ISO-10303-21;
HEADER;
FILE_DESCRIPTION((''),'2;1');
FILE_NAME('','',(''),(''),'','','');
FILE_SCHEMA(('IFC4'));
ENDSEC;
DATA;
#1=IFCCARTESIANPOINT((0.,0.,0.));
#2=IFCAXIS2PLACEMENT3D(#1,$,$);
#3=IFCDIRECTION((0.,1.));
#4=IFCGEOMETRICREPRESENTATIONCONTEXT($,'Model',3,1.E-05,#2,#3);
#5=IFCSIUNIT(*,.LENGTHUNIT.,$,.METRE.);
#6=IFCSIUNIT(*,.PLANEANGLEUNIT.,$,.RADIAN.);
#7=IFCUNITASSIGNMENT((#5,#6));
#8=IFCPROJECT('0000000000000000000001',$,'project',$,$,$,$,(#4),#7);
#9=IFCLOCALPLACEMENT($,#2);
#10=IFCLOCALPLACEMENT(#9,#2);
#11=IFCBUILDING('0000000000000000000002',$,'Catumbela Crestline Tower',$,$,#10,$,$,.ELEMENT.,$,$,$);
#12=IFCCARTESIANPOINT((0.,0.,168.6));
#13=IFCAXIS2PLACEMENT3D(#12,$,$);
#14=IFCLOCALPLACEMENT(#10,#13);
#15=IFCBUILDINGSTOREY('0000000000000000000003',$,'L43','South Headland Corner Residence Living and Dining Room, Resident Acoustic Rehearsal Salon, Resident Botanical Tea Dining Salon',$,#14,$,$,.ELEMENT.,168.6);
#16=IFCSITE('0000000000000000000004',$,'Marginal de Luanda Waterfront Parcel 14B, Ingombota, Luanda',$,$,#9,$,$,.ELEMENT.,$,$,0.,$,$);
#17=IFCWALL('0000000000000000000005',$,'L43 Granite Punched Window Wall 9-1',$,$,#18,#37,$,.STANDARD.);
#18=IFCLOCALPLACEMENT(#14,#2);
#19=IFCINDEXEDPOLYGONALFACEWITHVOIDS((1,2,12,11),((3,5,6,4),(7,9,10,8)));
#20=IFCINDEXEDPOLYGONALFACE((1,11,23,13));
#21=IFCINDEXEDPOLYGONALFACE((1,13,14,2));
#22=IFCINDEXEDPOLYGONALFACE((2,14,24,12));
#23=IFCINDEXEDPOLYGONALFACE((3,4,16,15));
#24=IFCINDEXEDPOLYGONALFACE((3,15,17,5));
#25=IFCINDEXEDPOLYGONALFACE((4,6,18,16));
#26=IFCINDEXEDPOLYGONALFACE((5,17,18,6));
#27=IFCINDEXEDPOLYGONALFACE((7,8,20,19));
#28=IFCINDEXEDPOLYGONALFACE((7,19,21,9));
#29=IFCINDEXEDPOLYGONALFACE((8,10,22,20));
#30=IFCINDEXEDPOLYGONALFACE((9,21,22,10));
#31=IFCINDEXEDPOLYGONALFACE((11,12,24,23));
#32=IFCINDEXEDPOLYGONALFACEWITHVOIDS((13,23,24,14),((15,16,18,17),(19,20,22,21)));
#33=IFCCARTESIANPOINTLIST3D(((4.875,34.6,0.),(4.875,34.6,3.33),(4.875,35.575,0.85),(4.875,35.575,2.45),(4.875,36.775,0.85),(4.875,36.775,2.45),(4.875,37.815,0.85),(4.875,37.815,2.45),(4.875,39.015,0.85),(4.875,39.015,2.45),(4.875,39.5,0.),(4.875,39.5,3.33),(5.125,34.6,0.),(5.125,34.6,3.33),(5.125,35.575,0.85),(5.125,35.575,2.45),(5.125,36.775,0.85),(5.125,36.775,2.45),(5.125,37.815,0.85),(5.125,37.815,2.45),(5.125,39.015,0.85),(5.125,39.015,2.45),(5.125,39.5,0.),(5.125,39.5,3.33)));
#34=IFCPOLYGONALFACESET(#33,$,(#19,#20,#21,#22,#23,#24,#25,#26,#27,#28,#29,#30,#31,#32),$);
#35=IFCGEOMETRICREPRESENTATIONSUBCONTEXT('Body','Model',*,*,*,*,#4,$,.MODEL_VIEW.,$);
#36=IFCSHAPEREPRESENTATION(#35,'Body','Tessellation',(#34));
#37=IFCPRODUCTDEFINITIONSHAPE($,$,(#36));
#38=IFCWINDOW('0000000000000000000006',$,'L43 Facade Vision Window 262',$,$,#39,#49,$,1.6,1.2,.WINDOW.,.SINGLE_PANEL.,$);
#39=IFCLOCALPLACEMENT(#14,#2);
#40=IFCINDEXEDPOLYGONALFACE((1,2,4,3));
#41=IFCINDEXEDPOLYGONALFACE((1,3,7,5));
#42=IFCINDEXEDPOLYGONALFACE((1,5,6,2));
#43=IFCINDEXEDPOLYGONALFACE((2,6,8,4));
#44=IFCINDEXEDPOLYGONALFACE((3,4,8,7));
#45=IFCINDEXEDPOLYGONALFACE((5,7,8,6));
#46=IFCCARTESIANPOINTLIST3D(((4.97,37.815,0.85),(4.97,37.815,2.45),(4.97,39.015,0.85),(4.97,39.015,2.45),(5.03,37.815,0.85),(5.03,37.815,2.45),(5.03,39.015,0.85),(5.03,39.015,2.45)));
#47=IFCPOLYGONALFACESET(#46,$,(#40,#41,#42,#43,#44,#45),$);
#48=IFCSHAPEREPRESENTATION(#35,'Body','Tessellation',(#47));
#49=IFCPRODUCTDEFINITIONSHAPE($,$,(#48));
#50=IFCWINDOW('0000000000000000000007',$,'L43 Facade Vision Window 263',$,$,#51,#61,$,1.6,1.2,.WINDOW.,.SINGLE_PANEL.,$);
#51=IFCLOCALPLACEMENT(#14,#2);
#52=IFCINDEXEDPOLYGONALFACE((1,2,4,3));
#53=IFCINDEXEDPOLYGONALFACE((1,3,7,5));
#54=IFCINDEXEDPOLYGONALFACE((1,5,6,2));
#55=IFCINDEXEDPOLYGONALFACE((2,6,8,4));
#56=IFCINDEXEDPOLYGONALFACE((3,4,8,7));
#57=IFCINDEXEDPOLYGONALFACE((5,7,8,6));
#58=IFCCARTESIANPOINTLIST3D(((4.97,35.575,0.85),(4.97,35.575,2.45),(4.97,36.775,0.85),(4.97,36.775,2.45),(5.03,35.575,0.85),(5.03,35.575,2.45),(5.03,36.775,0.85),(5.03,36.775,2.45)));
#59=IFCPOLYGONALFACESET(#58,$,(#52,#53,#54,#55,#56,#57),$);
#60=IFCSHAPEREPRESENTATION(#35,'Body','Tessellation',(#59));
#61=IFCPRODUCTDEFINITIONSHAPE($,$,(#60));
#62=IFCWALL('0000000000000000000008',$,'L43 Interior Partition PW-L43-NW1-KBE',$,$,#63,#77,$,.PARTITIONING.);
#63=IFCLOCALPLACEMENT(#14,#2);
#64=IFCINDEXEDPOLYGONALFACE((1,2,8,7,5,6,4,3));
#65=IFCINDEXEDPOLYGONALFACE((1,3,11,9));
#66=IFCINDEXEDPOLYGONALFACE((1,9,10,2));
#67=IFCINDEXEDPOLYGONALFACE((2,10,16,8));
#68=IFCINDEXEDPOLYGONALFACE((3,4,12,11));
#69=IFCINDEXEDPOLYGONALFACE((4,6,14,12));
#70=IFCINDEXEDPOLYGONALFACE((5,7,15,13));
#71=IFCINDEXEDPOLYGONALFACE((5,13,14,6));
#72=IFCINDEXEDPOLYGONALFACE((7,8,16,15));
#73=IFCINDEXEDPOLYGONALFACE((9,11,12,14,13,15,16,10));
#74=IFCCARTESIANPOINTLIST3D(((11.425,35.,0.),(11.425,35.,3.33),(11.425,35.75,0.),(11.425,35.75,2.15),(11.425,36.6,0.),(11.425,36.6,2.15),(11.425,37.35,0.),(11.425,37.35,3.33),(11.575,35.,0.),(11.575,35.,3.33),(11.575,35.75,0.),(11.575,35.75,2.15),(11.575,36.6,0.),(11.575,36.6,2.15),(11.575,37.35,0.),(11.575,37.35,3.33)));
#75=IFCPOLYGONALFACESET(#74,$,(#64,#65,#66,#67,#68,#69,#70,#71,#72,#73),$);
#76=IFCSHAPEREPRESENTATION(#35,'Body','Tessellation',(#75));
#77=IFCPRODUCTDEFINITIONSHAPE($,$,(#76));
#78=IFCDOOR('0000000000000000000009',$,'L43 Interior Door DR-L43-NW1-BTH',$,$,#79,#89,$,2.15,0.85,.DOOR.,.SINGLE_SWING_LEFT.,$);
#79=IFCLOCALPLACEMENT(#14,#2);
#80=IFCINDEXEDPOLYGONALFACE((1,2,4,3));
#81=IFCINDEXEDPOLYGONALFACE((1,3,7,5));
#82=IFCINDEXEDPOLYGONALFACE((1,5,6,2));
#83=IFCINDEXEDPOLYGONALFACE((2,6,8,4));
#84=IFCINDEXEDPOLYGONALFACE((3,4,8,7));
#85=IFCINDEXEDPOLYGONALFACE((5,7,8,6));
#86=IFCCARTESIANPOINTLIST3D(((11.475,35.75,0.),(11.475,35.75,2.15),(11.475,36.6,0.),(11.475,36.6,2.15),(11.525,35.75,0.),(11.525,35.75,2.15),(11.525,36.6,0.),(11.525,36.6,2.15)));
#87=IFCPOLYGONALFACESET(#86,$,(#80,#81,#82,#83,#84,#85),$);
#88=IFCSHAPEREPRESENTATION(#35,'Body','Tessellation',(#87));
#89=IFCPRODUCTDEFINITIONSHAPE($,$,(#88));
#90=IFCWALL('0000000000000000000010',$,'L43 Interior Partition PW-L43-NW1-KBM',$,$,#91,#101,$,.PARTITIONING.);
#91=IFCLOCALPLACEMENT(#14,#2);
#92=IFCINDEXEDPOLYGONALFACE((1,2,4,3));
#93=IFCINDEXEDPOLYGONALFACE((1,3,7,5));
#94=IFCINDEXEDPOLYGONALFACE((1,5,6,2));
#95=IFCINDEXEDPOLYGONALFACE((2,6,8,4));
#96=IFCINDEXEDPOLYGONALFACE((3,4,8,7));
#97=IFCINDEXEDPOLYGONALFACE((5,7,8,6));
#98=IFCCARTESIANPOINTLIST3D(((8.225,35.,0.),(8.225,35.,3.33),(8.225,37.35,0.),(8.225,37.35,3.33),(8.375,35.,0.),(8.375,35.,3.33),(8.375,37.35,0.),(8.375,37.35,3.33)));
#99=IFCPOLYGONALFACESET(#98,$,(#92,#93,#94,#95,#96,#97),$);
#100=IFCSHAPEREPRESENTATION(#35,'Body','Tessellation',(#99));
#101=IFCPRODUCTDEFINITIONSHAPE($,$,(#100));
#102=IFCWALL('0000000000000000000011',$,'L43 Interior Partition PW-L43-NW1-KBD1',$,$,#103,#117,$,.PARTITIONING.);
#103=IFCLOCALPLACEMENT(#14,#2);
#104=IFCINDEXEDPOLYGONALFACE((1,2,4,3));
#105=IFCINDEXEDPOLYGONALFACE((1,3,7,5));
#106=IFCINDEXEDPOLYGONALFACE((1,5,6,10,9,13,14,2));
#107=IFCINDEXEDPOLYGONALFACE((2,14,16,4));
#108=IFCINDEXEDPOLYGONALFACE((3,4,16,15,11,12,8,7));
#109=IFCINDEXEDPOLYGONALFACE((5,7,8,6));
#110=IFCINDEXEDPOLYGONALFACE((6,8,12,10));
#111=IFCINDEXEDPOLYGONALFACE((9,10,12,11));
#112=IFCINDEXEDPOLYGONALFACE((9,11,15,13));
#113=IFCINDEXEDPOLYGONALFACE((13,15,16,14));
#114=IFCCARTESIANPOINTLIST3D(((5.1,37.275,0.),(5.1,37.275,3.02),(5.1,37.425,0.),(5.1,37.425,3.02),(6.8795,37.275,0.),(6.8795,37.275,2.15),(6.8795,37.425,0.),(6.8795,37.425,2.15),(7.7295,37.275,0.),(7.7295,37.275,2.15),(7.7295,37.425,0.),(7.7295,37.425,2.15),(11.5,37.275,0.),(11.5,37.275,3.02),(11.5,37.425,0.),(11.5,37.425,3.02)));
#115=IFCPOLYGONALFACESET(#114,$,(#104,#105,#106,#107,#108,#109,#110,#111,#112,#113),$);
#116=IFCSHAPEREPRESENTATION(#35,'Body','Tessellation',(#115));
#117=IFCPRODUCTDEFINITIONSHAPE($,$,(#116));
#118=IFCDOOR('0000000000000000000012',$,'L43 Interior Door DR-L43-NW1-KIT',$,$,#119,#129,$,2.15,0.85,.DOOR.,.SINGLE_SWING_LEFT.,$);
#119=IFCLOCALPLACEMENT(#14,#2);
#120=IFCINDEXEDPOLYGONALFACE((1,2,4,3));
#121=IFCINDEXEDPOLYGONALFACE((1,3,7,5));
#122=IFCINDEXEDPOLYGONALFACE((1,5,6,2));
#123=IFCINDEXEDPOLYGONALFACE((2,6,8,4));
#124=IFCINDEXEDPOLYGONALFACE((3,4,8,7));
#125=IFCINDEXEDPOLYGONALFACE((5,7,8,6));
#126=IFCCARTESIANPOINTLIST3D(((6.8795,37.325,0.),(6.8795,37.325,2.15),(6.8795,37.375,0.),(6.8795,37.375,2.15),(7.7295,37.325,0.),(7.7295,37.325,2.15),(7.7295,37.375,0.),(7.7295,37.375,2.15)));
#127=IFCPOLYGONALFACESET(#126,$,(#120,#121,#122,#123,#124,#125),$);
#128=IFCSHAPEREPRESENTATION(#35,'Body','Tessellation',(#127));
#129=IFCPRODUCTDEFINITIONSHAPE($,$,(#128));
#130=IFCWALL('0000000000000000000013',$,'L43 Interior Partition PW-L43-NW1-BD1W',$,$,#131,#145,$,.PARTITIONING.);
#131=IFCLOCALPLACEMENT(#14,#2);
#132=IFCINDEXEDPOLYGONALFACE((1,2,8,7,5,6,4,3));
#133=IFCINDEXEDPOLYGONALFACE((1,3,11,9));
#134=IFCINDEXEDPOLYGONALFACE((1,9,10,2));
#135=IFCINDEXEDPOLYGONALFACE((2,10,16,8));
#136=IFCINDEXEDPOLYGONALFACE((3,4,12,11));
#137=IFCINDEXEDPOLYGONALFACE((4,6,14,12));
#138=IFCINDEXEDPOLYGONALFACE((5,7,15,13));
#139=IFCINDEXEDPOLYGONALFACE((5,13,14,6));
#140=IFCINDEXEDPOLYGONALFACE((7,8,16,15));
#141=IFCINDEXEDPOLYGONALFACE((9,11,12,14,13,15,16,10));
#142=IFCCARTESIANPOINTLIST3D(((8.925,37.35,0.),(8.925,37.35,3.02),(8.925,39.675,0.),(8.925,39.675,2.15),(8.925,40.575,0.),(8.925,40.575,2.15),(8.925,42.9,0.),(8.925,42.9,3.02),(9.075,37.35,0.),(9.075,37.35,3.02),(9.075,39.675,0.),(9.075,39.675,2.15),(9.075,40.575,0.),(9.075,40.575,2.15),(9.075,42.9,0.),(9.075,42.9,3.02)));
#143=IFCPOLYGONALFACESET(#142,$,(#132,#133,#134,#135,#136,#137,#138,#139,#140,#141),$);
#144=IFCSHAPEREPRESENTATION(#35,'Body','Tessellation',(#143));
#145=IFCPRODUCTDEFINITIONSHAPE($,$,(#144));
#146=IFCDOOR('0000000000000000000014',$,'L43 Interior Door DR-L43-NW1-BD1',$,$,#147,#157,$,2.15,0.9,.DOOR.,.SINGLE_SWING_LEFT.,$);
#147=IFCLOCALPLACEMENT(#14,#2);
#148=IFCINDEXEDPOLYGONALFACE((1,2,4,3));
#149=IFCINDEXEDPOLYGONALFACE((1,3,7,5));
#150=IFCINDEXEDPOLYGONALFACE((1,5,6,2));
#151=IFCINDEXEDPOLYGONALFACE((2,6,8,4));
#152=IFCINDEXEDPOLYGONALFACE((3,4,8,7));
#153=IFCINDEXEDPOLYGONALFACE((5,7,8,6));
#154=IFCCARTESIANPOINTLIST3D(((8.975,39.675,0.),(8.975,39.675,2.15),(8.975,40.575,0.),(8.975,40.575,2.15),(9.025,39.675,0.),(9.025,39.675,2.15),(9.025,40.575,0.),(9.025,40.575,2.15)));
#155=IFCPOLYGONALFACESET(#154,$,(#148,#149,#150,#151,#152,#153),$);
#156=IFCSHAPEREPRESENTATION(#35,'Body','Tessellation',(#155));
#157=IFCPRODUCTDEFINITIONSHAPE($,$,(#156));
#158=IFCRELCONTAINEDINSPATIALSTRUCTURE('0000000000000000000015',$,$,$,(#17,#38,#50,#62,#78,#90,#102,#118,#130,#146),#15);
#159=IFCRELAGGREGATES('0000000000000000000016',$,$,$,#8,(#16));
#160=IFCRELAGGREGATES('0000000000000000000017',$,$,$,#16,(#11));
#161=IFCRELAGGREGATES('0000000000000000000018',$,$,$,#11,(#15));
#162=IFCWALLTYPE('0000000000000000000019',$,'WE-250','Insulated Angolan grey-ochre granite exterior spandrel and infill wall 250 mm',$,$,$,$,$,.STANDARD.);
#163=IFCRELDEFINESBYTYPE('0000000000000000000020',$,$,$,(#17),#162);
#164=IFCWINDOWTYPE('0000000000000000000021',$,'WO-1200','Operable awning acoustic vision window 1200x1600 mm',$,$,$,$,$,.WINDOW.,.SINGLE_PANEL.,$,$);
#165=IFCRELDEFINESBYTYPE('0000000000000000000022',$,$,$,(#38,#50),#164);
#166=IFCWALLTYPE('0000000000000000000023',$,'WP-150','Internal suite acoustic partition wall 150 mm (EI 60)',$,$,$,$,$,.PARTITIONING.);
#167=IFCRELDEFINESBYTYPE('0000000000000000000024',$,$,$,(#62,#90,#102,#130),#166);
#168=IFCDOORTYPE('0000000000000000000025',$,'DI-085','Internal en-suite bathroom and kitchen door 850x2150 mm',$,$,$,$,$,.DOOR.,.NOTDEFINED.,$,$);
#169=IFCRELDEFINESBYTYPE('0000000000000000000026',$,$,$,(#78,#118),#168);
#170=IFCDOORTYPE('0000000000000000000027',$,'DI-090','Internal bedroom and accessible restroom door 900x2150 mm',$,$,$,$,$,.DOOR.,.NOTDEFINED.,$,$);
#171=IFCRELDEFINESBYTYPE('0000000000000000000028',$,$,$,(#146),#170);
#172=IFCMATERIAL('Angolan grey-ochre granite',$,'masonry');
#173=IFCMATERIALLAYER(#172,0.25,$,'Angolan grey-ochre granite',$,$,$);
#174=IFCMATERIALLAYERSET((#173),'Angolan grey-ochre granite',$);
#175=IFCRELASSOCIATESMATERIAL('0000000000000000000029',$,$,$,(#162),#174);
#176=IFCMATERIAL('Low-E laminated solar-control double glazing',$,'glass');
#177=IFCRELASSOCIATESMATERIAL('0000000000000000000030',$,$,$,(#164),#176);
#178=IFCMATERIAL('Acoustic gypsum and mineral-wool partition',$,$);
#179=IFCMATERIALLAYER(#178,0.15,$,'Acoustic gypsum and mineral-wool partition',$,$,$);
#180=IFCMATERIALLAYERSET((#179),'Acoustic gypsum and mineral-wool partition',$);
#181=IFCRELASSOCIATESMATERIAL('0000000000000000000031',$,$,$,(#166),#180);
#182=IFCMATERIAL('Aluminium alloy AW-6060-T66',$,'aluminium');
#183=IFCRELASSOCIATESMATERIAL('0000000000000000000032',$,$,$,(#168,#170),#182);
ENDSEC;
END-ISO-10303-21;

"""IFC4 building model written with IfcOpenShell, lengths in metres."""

from ifc_helpers import new_model, si_unit, direction, frame, frame_2d, origin, place, context, subcontext, project, spatial, rectangle, extrude, material, layer, layer_set, type_object, element, fill, save


model = new_model("IFC4")

# Units and contexts
model_context = context("Model", 3, precision=1e-05, world=origin(), true_north=direction((0.0, 1.0)))
body_context = subcontext(model_context, "Body", "Model", "MODEL_VIEW")
ifc_project = project(units=[si_unit("LENGTHUNIT", "METRE"), si_unit("PLANEANGLEUNIT", "RADIAN")], contexts=[model_context])

# Site, building, storey
site_placement = place(None, origin())
site = spatial("IfcSite", under=ifc_project, at=site_placement, Name="Marginal de Luanda Waterfront Parcel 14B, Ingombota, Luanda", CompositionType="ELEMENT", RefElevation=0.0)
building_placement = place(site_placement, origin())
building = spatial("IfcBuilding", under=site, at=building_placement, Name="Catumbela Crestline Tower", CompositionType="ELEMENT")
storey_placement = place(building_placement, frame((0.0, 0.0, 168.6)))
storey = spatial("IfcBuildingStorey", under=building, at=storey_placement, Name="L43", Description="South Headland Corner Residence Living and Dining Room, Resident Acoustic Rehearsal Salon, Resident Botanical Tea Dining Salon", CompositionType="ELEMENT", Elevation=168.6)

# Shared definitions
ifc_material_1 = material(Name="Aluminium alloy AW-6060-T66", Category="aluminium")

# Shared definitions
ifc_material_2 = material(Name="Low-E laminated solar-control double glazing", Category="glass")

# Shared definitions
ifc_material_3 = material(Name="Acoustic gypsum and mineral-wool partition")

# Shared definitions
ifc_material_4 = material(Name="Angolan grey-ochre granite", Category="masonry")
ifc_layer_1 = layer(ifc_material_4, 0.25, Name="Angolan grey-ochre granite")
ifc_layer_set_1 = layer_set([ifc_layer_1], Name="Angolan grey-ochre granite")
wall_type_1 = type_object("IfcWallType", Name="WE-250", Description="Insulated Angolan grey-ochre granite exterior spandrel and infill wall 250 mm", PredefinedType="STANDARD", material=ifc_layer_set_1)

# Wall, openings, windows
wall_1_placement = place(storey_placement, frame((5.0, 39.5, 0.0), z_axis=(0.0, 0.0, 1.0), x_axis=(0.0, -1.0, 0.0)))
wall_1 = element("IfcWall", 1, at=wall_1_placement, inside=storey, type_object=wall_type_1, Name="L43 Granite Punched Window Wall 9-1", PredefinedType="STANDARD", context=body_context, shape_type="SweptSolid", body=[
    extrude(rectangle(XDim=4.9, YDim=0.25, at=frame_2d((2.45, 0.0))), origin(), (0.0, 0.0, 1.0), 3.33),
])
opening_1_placement = place(wall_1_placement, frame((0.485, 0.0, 0.85)))
opening_1 = element("IfcOpeningElement", 2, at=opening_1_placement, cuts=wall_1, PredefinedType="OPENING", context=body_context, shape_type="SweptSolid", body=[
    extrude(rectangle(XDim=1.2, YDim=1.6, at=frame_2d((0.6, 0.8))), frame((0.0, 0.135, 0.0), z_axis=(0.0, -1.0, 0.0), x_axis=(1.0, 0.0, 0.0)), (0.0, 0.0, 1.0), 0.27),
])
opening_2_placement = place(wall_1_placement, frame((2.725, 0.0, 0.85)))
opening_2 = element("IfcOpeningElement", 3, at=opening_2_placement, cuts=wall_1, PredefinedType="OPENING", context=body_context, shape_type="SweptSolid", body=[
    extrude(rectangle(XDim=1.2, YDim=1.6, at=frame_2d((0.6, 0.8))), frame((0.0, 0.135, 0.0), z_axis=(0.0, -1.0, 0.0), x_axis=(1.0, 0.0, 0.0)), (0.0, 0.0, 1.0), 0.27),
])
window_type_1 = type_object("IfcWindowType", Name="WO-1200", Description="Operable awning acoustic vision window 1200x1600 mm", PartitioningType="SINGLE_PANEL", PredefinedType="WINDOW", material=ifc_material_2)
window_1_placement = place(opening_1_placement, origin())
window_1 = element("IfcWindow", 4, at=window_1_placement, inside=storey, type_object=window_type_1, Name="L43 Facade Vision Window 262", OverallHeight=1.6, OverallWidth=1.2, PartitioningType="SINGLE_PANEL", PredefinedType="WINDOW", context=body_context, shape_type="SweptSolid", body=[
    extrude(rectangle(XDim=1.2, YDim=1.6, at=frame_2d((0.6, 0.8))), frame((0.0, 0.03, 0.0), z_axis=(0.0, -1.0, 0.0), x_axis=(1.0, 0.0, 0.0)), (0.0, 0.0, 1.0), 0.06),
])
fill(opening_1, window_1)
window_2_placement = place(opening_2_placement, origin())
window_2 = element("IfcWindow", 5, at=window_2_placement, inside=storey, type_object=window_type_1, Name="L43 Facade Vision Window 263", OverallHeight=1.6, OverallWidth=1.2, PartitioningType="SINGLE_PANEL", PredefinedType="WINDOW", context=body_context, shape_type="SweptSolid", body=[
    extrude(rectangle(XDim=1.2, YDim=1.6, at=frame_2d((0.6, 0.8))), frame((0.0, 0.03, 0.0), z_axis=(0.0, -1.0, 0.0), x_axis=(1.0, 0.0, 0.0)), (0.0, 0.0, 1.0), 0.06),
])
fill(opening_2, window_2)

# Wall, opening, door
ifc_layer_2 = layer(ifc_material_3, 0.15, Name="Acoustic gypsum and mineral-wool partition")
ifc_layer_set_2 = layer_set([ifc_layer_2], Name="Acoustic gypsum and mineral-wool partition")
wall_type_2 = type_object("IfcWallType", Name="WP-150", Description="Internal suite acoustic partition wall 150 mm (EI 60)", PredefinedType="PARTITIONING", material=ifc_layer_set_2)
wall_2_placement = place(storey_placement, frame((11.5, 35.0, 0.0), z_axis=(0.0, 0.0, 1.0), x_axis=(0.0, 1.0, 0.0)))
wall_2 = element("IfcWall", 6, at=wall_2_placement, inside=storey, type_object=wall_type_2, Name="L43 Interior Partition PW-L43-NW1-KBE", PredefinedType="PARTITIONING", context=body_context, shape_type="SweptSolid", body=[
    extrude(rectangle(XDim=2.35, YDim=0.15, at=frame_2d((1.175, 0.0))), origin(), (0.0, 0.0, 1.0), 3.33),
])
opening_3_placement = place(wall_2_placement, frame((0.75, 0.0, 0.0)))
opening_3 = element("IfcOpeningElement", 7, at=opening_3_placement, cuts=wall_2, PredefinedType="OPENING", context=body_context, shape_type="SweptSolid", body=[
    extrude(rectangle(XDim=0.85, YDim=2.15, at=frame_2d((0.425, 1.075))), frame((0.0, 0.085, 0.0), z_axis=(0.0, -1.0, 0.0), x_axis=(1.0, 0.0, 0.0)), (0.0, 0.0, 1.0), 0.17),
])
door_type_1 = type_object("IfcDoorType", Name="DI-085", Description="Internal en-suite bathroom and kitchen door 850x2150 mm", OperationType="NOTDEFINED", PredefinedType="DOOR", material=ifc_material_1)
door_1_placement = place(opening_3_placement, origin())
door_1 = element("IfcDoor", 8, at=door_1_placement, inside=storey, type_object=door_type_1, Name="L43 Interior Door DR-L43-NW1-BTH", OperationType="SINGLE_SWING_LEFT", OverallHeight=2.15, OverallWidth=0.85, PredefinedType="DOOR", context=body_context, shape_type="SweptSolid", body=[
    extrude(rectangle(XDim=0.85, YDim=2.15, at=frame_2d((0.425, 1.075))), frame((0.0, 0.025, 0.0), z_axis=(0.0, -1.0, 0.0), x_axis=(1.0, 0.0, 0.0)), (0.0, 0.0, 1.0), 0.05),
])
fill(opening_3, door_1)

# Wall
wall_3_placement = place(storey_placement, frame((8.3, 35.0, 0.0), z_axis=(0.0, 0.0, 1.0), x_axis=(0.0, 1.0, 0.0)))
element("IfcWall", 9, at=wall_3_placement, inside=storey, type_object=wall_type_2, Name="L43 Interior Partition PW-L43-NW1-KBM", PredefinedType="PARTITIONING", context=body_context, shape_type="SweptSolid", body=[
    extrude(rectangle(XDim=2.35, YDim=0.15, at=frame_2d((1.175, 0.0))), origin(), (0.0, 0.0, 1.0), 3.33),
])

# Walls, openings, doors
wall_4_placement = place(storey_placement, frame((5.1, 37.35, 0.0), z_axis=(0.0, 0.0, 1.0), x_axis=(1.0, 0.0, 0.0)))
wall_4 = element("IfcWall", 10, at=wall_4_placement, inside=storey, type_object=wall_type_2, Name="L43 Interior Partition PW-L43-NW1-KBD1", PredefinedType="PARTITIONING", context=body_context, shape_type="SweptSolid", body=[
    extrude(rectangle(XDim=6.4, YDim=0.15, at=frame_2d((3.2, 0.0))), origin(), (0.0, 0.0, 1.0), 3.02),
])
opening_4_placement = place(wall_4_placement, frame((1.7795, 0.0, 0.0)))
opening_4 = element("IfcOpeningElement", 11, at=opening_4_placement, cuts=wall_4, PredefinedType="OPENING", context=body_context, shape_type="SweptSolid", body=[
    extrude(rectangle(XDim=0.85, YDim=2.15, at=frame_2d((0.425, 1.075))), frame((0.0, 0.085, 0.0), z_axis=(0.0, -1.0, 0.0), x_axis=(1.0, 0.0, 0.0)), (0.0, 0.0, 1.0), 0.17),
])
door_2_placement = place(opening_4_placement, origin())
door_2 = element("IfcDoor", 12, at=door_2_placement, inside=storey, type_object=door_type_1, Name="L43 Interior Door DR-L43-NW1-KIT", OperationType="SINGLE_SWING_LEFT", OverallHeight=2.15, OverallWidth=0.85, PredefinedType="DOOR", context=body_context, shape_type="SweptSolid", body=[
    extrude(rectangle(XDim=0.85, YDim=2.15, at=frame_2d((0.425, 1.075))), frame((0.0, 0.025, 0.0), z_axis=(0.0, -1.0, 0.0), x_axis=(1.0, 0.0, 0.0)), (0.0, 0.0, 1.0), 0.05),
])
fill(opening_4, door_2)
wall_5_placement = place(storey_placement, frame((9.0, 37.35, 0.0), z_axis=(0.0, 0.0, 1.0), x_axis=(0.0, 1.0, 0.0)))
wall_5 = element("IfcWall", 13, at=wall_5_placement, inside=storey, type_object=wall_type_2, Name="L43 Interior Partition PW-L43-NW1-BD1W", PredefinedType="PARTITIONING", context=body_context, shape_type="SweptSolid", body=[
    extrude(rectangle(XDim=5.55, YDim=0.15, at=frame_2d((2.775, 0.0))), origin(), (0.0, 0.0, 1.0), 3.02),
])
opening_5_placement = place(wall_5_placement, frame((2.325, 0.0, 0.0)))
opening_5 = element("IfcOpeningElement", 14, at=opening_5_placement, cuts=wall_5, PredefinedType="OPENING", context=body_context, shape_type="SweptSolid", body=[
    extrude(rectangle(XDim=0.9, YDim=2.15, at=frame_2d((0.45, 1.075))), frame((0.0, 0.085, 0.0), z_axis=(0.0, -1.0, 0.0), x_axis=(1.0, 0.0, 0.0)), (0.0, 0.0, 1.0), 0.17),
])
door_type_2 = type_object("IfcDoorType", Name="DI-090", Description="Internal bedroom and accessible restroom door 900x2150 mm", OperationType="NOTDEFINED", PredefinedType="DOOR", material=ifc_material_1)
door_3_placement = place(opening_5_placement, origin())
door_3 = element("IfcDoor", 15, at=door_3_placement, inside=storey, type_object=door_type_2, Name="L43 Interior Door DR-L43-NW1-BD1", OperationType="SINGLE_SWING_LEFT", OverallHeight=2.15, OverallWidth=0.9, PredefinedType="DOOR", context=body_context, shape_type="SweptSolid", body=[
    extrude(rectangle(XDim=0.9, YDim=2.15, at=frame_2d((0.45, 1.075))), frame((0.0, 0.025, 0.0), z_axis=(0.0, -1.0, 0.0), x_axis=(1.0, 0.0, 0.0)), (0.0, 0.0, 1.0), 0.05),
])
fill(opening_5, door_3)

save(model, "model.ifc")
